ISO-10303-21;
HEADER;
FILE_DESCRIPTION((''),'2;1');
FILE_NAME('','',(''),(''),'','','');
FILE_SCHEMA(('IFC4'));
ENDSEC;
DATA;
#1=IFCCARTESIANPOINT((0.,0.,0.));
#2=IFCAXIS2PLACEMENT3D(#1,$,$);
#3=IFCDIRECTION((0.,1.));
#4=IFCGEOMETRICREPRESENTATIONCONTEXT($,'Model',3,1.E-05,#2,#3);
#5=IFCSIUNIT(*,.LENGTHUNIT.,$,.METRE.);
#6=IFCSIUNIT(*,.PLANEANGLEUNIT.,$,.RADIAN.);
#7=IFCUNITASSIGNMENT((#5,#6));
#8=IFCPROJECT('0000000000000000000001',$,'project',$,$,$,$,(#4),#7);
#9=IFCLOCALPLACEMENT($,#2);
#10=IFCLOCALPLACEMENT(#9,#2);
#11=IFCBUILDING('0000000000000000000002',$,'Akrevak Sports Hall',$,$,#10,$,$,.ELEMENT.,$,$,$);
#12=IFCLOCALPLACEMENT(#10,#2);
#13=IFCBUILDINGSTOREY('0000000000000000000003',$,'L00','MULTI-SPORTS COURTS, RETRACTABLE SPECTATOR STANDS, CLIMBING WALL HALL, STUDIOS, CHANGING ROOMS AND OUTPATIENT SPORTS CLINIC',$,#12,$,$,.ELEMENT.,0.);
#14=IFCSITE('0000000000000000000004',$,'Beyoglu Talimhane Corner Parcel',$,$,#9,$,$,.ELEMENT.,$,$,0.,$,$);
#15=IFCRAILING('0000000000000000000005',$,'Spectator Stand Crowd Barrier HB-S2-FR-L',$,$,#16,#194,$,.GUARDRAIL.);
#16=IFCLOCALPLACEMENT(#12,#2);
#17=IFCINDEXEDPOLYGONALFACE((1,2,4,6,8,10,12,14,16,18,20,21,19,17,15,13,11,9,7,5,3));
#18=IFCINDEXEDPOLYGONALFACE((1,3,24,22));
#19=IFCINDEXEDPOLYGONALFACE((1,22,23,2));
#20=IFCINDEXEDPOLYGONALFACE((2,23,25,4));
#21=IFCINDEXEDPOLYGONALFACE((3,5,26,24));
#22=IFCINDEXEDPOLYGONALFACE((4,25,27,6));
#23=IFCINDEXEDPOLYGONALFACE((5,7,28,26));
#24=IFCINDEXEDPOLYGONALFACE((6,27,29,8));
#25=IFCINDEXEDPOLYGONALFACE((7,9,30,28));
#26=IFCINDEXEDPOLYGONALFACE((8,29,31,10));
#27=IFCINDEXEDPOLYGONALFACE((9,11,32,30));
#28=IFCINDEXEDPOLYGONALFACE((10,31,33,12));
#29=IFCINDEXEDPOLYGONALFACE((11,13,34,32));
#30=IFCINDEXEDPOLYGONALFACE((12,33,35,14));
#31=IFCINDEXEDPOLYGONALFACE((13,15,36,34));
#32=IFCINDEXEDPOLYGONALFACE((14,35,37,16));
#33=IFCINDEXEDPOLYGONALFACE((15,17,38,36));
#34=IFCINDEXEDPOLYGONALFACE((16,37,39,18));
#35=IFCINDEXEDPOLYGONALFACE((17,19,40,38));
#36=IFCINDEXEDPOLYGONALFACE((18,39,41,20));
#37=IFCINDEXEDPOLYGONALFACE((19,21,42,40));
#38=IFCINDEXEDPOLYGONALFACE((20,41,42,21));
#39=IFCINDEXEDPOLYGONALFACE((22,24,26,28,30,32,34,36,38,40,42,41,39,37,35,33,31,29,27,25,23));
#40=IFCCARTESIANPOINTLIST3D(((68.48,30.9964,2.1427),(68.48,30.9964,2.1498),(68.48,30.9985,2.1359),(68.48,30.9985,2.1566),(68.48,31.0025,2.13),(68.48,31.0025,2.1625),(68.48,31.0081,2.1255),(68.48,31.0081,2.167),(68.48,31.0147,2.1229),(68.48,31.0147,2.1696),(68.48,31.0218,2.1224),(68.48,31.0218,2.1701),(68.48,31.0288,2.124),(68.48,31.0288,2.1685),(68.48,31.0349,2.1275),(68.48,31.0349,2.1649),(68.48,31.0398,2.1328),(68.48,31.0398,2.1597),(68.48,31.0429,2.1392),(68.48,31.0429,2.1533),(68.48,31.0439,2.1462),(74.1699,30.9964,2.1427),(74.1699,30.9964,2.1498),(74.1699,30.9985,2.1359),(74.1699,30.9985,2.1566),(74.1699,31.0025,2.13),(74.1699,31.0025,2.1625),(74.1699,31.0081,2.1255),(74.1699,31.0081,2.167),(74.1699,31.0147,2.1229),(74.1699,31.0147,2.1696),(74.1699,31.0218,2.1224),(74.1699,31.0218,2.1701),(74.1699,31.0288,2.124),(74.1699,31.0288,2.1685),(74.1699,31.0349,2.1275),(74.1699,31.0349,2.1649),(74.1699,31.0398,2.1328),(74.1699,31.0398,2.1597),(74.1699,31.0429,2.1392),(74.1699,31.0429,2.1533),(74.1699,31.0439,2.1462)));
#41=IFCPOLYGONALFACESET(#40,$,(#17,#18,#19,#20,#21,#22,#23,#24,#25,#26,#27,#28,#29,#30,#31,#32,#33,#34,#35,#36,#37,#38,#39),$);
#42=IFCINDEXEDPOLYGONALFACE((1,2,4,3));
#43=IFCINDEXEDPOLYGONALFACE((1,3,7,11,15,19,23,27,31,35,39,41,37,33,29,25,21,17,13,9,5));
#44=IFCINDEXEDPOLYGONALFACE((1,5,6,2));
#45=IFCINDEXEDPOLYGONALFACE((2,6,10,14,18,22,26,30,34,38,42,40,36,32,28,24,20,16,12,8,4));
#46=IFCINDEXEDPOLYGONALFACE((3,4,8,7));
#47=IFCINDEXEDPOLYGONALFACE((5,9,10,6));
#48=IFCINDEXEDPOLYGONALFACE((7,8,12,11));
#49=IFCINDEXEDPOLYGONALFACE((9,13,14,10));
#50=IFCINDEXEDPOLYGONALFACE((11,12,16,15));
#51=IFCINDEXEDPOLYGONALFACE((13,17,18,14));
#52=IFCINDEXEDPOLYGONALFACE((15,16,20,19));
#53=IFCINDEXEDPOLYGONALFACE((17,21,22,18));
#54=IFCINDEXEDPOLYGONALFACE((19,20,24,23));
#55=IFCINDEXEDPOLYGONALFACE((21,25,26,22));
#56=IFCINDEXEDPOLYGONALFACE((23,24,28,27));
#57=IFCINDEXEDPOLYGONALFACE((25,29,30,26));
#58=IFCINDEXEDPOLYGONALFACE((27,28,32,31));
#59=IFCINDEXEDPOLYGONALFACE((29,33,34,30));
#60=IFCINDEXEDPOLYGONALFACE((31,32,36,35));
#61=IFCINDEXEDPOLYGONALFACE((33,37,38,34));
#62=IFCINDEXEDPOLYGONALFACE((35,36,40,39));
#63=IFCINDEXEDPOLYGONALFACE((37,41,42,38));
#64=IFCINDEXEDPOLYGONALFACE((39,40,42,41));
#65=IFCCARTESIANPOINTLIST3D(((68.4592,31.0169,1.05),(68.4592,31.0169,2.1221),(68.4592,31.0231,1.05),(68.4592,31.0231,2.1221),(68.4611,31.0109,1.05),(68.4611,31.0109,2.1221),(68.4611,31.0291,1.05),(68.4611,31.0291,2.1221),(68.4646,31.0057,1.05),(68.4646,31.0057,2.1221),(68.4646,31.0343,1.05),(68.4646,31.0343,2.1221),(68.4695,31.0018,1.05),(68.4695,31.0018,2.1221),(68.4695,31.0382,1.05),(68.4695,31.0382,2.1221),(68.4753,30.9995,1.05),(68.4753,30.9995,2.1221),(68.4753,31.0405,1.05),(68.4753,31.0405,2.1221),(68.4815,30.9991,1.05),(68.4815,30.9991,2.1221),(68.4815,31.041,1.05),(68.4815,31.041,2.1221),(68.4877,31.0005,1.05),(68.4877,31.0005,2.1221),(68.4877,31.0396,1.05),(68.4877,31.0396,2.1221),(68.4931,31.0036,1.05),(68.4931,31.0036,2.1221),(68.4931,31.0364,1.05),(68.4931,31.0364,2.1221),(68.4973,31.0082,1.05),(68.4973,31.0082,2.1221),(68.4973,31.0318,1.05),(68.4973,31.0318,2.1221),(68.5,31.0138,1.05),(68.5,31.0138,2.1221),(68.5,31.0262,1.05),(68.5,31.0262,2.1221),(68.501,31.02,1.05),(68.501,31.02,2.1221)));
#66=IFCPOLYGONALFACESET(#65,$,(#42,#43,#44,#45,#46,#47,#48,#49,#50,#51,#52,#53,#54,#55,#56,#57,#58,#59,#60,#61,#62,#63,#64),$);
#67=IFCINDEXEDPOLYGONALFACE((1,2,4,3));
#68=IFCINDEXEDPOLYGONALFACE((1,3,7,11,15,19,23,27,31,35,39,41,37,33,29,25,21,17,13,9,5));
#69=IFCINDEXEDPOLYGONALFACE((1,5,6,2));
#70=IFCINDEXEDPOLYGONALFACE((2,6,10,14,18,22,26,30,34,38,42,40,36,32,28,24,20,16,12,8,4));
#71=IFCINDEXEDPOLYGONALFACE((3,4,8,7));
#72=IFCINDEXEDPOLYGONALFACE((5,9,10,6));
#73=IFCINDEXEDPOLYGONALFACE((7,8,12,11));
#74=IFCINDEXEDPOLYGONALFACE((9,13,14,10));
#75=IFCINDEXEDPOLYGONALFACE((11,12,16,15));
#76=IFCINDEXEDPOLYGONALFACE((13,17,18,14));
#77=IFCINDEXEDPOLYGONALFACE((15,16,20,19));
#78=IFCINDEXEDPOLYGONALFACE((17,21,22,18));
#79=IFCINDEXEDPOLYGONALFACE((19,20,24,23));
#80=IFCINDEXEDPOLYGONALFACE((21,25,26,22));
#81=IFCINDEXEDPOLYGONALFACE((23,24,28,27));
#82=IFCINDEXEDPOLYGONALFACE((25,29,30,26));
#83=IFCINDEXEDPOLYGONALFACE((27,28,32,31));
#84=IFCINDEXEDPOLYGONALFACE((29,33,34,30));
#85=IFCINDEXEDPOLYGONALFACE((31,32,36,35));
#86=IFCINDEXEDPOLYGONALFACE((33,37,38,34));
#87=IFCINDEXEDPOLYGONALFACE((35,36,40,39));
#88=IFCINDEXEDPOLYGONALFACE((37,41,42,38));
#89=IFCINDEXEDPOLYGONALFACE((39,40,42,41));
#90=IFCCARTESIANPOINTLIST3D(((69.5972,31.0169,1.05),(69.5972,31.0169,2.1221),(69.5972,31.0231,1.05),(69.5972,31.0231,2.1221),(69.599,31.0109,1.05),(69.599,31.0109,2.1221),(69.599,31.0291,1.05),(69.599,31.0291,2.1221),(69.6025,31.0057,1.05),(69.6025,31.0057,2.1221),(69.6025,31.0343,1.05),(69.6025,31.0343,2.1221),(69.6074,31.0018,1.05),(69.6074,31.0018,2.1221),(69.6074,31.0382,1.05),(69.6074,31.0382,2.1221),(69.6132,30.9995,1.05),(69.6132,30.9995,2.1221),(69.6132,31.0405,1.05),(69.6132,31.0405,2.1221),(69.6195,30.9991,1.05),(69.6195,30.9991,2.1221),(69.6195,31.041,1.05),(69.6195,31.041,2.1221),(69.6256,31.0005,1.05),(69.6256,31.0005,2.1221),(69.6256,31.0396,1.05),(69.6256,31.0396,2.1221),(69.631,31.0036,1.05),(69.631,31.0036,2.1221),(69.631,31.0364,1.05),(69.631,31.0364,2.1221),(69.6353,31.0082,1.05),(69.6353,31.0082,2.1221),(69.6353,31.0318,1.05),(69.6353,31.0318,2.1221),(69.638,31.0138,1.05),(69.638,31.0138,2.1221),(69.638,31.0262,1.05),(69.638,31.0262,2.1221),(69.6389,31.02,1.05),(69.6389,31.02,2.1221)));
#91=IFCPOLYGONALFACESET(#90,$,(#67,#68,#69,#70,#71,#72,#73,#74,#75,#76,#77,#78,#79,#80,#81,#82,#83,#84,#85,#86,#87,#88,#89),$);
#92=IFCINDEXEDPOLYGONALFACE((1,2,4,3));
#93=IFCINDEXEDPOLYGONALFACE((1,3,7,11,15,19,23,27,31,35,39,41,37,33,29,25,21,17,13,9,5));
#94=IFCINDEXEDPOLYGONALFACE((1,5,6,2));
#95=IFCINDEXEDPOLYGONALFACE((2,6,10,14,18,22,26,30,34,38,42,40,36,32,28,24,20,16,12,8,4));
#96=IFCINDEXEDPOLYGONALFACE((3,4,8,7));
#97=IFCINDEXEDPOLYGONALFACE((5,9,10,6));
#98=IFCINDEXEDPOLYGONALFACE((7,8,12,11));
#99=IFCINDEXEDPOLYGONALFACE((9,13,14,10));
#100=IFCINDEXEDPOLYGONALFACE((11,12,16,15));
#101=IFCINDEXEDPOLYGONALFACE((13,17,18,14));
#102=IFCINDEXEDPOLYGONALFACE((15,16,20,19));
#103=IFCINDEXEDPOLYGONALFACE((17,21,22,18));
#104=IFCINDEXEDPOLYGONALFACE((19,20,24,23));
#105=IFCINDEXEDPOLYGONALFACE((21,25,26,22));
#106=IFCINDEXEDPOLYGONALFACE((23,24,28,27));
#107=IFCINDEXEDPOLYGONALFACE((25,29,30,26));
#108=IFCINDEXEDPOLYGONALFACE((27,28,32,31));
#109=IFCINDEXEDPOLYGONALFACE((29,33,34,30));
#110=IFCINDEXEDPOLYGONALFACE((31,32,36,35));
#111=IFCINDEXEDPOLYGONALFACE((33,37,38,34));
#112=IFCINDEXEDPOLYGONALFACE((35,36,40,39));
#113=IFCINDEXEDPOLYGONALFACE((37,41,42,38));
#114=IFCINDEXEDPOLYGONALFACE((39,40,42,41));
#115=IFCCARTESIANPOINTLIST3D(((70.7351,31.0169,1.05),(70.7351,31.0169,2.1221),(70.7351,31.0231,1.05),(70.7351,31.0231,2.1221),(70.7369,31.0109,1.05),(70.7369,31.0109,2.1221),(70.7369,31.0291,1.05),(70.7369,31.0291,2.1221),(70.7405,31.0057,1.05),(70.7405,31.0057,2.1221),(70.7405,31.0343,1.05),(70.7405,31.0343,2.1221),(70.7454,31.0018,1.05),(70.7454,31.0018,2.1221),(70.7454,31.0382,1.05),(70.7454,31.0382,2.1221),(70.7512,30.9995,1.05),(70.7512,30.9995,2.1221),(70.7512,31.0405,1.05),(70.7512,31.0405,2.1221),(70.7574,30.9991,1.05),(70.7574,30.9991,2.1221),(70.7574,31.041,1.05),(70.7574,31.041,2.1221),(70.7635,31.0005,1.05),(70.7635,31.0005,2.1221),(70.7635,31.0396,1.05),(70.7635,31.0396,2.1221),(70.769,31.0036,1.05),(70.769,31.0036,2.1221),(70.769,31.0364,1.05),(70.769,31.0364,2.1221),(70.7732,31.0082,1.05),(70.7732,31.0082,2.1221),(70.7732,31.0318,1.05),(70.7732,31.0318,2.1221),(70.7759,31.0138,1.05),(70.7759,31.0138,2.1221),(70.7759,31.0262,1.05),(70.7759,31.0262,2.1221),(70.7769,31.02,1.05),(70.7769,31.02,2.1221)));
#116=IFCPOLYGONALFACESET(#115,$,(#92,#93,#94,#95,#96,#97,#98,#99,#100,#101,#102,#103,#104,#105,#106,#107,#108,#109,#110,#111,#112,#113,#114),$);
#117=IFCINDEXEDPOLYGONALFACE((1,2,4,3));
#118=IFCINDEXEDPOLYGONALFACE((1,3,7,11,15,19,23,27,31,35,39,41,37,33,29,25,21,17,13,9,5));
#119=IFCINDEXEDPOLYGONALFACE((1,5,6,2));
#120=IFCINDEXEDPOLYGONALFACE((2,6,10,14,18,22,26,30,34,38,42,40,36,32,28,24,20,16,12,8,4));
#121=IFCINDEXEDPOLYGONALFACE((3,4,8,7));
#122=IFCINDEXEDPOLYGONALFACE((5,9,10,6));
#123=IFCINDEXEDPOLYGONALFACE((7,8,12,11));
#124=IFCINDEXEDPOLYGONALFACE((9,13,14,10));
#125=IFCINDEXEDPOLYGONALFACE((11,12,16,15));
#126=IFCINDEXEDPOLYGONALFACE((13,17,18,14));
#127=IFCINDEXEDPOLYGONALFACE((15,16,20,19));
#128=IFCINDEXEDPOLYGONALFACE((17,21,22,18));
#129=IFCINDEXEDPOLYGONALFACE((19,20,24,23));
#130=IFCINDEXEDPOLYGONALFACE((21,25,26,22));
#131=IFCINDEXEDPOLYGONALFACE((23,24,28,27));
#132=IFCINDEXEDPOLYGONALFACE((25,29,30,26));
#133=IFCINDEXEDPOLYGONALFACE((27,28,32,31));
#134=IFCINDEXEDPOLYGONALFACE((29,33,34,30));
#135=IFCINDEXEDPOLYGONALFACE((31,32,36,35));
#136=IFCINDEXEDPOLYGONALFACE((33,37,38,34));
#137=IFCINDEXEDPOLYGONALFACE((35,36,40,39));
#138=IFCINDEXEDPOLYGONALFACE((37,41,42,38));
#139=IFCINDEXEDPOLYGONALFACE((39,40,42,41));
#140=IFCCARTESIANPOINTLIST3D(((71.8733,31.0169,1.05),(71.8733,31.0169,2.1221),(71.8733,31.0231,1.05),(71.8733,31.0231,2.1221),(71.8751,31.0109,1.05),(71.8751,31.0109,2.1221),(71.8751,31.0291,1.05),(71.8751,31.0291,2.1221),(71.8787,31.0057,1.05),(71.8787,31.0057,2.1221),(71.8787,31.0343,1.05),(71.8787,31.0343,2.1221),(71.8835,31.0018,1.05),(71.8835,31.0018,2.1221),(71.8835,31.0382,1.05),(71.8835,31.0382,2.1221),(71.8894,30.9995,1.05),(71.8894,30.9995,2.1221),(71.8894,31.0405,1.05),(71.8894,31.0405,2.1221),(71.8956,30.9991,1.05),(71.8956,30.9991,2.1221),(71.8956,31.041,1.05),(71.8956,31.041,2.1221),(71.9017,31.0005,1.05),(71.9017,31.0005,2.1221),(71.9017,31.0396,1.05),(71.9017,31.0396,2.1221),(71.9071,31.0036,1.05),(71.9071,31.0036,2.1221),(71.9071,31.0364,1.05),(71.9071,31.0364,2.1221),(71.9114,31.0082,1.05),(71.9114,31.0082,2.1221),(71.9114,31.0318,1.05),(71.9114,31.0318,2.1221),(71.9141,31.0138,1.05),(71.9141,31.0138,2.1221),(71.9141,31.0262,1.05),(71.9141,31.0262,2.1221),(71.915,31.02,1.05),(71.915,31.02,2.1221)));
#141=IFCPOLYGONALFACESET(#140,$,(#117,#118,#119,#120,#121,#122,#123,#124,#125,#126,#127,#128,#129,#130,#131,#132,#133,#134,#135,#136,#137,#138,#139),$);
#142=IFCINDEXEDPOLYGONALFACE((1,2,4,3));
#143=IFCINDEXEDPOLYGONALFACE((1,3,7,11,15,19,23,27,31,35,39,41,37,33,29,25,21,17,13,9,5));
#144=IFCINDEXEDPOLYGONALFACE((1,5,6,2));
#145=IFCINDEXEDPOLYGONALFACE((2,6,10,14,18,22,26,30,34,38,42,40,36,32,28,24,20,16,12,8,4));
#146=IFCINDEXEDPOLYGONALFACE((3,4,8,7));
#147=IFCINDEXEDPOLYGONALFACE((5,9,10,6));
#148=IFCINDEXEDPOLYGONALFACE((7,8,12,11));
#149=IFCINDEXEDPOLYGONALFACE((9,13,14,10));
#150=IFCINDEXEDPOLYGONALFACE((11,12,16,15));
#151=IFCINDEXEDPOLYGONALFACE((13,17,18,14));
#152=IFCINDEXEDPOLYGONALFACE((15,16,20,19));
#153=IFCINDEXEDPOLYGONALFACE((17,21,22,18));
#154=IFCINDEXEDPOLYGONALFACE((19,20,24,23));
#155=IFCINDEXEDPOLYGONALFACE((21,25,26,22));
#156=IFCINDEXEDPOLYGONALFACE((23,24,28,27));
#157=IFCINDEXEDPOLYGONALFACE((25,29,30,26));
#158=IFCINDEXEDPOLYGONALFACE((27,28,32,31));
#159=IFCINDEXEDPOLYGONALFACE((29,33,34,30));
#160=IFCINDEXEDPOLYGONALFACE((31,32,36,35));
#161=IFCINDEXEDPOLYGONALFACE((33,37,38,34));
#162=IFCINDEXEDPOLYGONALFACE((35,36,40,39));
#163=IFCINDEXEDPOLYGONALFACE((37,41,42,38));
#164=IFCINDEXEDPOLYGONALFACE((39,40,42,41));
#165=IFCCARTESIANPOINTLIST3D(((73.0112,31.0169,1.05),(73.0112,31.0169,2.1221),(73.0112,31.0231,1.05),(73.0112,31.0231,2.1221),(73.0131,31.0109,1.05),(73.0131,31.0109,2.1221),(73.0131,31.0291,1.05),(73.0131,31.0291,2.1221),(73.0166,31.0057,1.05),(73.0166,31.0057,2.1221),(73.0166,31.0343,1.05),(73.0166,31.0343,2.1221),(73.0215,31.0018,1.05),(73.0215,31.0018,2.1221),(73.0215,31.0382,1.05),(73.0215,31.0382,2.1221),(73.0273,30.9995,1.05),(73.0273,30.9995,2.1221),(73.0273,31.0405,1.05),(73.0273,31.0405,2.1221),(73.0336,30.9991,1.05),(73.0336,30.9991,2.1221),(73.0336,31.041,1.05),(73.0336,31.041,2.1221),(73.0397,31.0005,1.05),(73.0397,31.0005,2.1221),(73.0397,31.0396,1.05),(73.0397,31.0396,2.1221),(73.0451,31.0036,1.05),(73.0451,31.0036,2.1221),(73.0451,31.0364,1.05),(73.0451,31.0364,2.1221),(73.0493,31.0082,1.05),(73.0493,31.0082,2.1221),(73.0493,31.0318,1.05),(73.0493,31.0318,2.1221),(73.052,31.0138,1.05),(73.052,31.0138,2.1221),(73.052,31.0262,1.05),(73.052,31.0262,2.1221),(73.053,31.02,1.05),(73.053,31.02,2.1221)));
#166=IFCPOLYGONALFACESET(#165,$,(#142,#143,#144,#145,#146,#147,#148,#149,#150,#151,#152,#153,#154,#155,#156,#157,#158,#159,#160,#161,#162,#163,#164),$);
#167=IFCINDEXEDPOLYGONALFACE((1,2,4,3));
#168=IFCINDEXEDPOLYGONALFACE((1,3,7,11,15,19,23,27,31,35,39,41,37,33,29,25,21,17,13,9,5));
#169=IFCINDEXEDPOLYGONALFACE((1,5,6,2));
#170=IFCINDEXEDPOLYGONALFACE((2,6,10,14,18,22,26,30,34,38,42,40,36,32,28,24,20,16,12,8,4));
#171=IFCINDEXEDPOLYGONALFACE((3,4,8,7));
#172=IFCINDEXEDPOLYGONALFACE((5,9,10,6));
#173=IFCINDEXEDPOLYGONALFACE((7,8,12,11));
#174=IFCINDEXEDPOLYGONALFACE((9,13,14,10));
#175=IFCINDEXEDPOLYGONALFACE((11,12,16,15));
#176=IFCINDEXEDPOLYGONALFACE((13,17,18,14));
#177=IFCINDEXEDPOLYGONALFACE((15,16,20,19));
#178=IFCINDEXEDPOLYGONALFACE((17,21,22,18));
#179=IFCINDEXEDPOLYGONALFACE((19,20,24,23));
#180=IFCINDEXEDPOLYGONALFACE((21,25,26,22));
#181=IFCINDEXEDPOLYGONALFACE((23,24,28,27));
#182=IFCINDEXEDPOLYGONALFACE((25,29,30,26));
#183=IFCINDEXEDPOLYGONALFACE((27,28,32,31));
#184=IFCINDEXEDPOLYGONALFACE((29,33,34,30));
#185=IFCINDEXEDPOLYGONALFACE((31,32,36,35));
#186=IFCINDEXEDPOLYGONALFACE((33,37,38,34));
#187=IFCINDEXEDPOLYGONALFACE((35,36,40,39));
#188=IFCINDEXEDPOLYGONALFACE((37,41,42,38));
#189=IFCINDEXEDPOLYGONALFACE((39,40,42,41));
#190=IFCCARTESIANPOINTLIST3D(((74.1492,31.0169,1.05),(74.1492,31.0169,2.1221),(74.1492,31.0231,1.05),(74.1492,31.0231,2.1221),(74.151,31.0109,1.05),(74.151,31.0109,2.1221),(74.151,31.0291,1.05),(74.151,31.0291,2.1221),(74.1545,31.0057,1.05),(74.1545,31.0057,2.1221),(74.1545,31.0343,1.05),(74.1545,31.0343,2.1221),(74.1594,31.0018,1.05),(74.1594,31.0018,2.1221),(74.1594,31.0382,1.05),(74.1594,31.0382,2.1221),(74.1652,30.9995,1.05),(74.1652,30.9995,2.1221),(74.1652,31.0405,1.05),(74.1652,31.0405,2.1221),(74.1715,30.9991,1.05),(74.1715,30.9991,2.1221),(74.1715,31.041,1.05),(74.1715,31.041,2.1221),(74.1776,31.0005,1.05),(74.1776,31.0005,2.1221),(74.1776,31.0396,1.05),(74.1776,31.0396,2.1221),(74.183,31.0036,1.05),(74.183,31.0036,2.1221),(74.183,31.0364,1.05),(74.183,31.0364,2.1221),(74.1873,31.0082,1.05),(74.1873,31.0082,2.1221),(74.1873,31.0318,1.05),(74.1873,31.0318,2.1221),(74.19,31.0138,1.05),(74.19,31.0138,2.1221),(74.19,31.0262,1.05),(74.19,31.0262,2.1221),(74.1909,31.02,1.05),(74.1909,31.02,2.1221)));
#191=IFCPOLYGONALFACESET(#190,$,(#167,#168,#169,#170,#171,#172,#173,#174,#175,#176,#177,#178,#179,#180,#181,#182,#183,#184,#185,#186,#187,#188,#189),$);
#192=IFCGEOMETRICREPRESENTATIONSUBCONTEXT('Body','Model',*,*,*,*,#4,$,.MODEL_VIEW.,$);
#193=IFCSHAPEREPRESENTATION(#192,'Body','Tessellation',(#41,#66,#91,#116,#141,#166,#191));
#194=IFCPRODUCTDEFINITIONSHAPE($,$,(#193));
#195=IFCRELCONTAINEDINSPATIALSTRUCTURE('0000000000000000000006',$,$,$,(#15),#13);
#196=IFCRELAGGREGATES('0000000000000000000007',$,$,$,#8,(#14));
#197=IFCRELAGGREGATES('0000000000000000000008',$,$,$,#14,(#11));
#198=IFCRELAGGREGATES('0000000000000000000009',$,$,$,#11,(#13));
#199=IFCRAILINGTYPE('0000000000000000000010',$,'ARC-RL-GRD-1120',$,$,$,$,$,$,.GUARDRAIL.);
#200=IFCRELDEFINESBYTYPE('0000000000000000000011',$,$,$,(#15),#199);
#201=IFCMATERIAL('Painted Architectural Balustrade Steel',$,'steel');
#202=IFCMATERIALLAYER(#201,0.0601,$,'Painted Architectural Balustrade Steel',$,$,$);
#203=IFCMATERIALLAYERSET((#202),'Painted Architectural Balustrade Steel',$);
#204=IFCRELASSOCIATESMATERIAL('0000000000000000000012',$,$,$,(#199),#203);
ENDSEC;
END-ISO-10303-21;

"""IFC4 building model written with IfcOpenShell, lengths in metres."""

from ifc_helpers import new_model, si_unit, direction, frame, origin, origin_2d, place, context, subcontext, project, spatial, circle, extrude, material, layer, layer_set, type_object, element, save


model = new_model("IFC4")

# Units and contexts
model_context = context("Model", 3, precision=1e-05, world=origin(), true_north=direction((0.0, 1.0)))
body_context = subcontext(model_context, "Body", "Model", "MODEL_VIEW")
ifc_project = project(units=[si_unit("LENGTHUNIT", "METRE"), si_unit("PLANEANGLEUNIT", "RADIAN")], contexts=[model_context])

# Site, building, storey
site_placement = place(None, origin())
site = spatial("IfcSite", under=ifc_project, at=site_placement, Name="Beyoglu Talimhane Corner Parcel", CompositionType="ELEMENT", RefElevation=0.0)
building_placement = place(site_placement, origin())
building = spatial("IfcBuilding", under=site, at=building_placement, Name="Akrevak Sports Hall", CompositionType="ELEMENT")
storey_placement = place(building_placement, origin())
storey = spatial("IfcBuildingStorey", under=building, at=storey_placement, Name="L00", Description="MULTI-SPORTS COURTS, RETRACTABLE SPECTATOR STANDS, CLIMBING WALL HALL, STUDIOS, CHANGING ROOMS AND OUTPATIENT SPORTS CLINIC", CompositionType="ELEMENT", Elevation=0.0)

# Railing
ifc_material_1 = material(Name="Painted Architectural Balustrade Steel", Category="steel")
ifc_layer_1 = layer(ifc_material_1, 0.0601, Name="Painted Architectural Balustrade Steel")
ifc_layer_set_1 = layer_set([ifc_layer_1], Name="Painted Architectural Balustrade Steel")
railing_type_1 = type_object("IfcRailingType", Name="ARC-RL-GRD-1120", PredefinedType="GUARDRAIL", material=ifc_layer_set_1)
railing_1_placement = place(storey_placement, frame((68.48, 31.02, 1.05)))
element("IfcRailing", 1, at=railing_1_placement, inside=storey, type_object=railing_type_1, Name="Spectator Stand Crowd Barrier HB-S2-FR-L", PredefinedType="GUARDRAIL", context=body_context, shape_type="SweptSolid", body=[
    extrude(circle(Radius=0.0239, at=origin_2d()), frame((0.0, 0.0, 1.0962), z_axis=(1.0, 0.0, 0.0), x_axis=(0.0, 1.0, 0.0)), (0.0, 0.0, 1.0), 5.6899),
    extrude(circle(Radius=0.021, at=origin_2d()), origin(), (0.0, 0.0, 1.0), 1.072),
    extrude(circle(Radius=0.021, at=origin_2d()), frame((1.1379, 0.0, 0.0)), (0.0, 0.0, 1.0), 1.072),
    extrude(circle(Radius=0.021, at=origin_2d()), frame((2.2759, 0.0, 0.0)), (0.0, 0.0, 1.0), 1.072),
    extrude(circle(Radius=0.021, at=origin_2d()), frame((3.4141, 0.0, 0.0)), (0.0, 0.0, 1.0), 1.072),
    extrude(circle(Radius=0.021, at=origin_2d()), frame((4.552, 0.0, 0.0)), (0.0, 0.0, 1.0), 1.072),
    extrude(circle(Radius=0.021, at=origin_2d()), frame((5.6899, 0.0, 0.0)), (0.0, 0.0, 1.0), 1.072),
])

save(model, "model.ifc")
